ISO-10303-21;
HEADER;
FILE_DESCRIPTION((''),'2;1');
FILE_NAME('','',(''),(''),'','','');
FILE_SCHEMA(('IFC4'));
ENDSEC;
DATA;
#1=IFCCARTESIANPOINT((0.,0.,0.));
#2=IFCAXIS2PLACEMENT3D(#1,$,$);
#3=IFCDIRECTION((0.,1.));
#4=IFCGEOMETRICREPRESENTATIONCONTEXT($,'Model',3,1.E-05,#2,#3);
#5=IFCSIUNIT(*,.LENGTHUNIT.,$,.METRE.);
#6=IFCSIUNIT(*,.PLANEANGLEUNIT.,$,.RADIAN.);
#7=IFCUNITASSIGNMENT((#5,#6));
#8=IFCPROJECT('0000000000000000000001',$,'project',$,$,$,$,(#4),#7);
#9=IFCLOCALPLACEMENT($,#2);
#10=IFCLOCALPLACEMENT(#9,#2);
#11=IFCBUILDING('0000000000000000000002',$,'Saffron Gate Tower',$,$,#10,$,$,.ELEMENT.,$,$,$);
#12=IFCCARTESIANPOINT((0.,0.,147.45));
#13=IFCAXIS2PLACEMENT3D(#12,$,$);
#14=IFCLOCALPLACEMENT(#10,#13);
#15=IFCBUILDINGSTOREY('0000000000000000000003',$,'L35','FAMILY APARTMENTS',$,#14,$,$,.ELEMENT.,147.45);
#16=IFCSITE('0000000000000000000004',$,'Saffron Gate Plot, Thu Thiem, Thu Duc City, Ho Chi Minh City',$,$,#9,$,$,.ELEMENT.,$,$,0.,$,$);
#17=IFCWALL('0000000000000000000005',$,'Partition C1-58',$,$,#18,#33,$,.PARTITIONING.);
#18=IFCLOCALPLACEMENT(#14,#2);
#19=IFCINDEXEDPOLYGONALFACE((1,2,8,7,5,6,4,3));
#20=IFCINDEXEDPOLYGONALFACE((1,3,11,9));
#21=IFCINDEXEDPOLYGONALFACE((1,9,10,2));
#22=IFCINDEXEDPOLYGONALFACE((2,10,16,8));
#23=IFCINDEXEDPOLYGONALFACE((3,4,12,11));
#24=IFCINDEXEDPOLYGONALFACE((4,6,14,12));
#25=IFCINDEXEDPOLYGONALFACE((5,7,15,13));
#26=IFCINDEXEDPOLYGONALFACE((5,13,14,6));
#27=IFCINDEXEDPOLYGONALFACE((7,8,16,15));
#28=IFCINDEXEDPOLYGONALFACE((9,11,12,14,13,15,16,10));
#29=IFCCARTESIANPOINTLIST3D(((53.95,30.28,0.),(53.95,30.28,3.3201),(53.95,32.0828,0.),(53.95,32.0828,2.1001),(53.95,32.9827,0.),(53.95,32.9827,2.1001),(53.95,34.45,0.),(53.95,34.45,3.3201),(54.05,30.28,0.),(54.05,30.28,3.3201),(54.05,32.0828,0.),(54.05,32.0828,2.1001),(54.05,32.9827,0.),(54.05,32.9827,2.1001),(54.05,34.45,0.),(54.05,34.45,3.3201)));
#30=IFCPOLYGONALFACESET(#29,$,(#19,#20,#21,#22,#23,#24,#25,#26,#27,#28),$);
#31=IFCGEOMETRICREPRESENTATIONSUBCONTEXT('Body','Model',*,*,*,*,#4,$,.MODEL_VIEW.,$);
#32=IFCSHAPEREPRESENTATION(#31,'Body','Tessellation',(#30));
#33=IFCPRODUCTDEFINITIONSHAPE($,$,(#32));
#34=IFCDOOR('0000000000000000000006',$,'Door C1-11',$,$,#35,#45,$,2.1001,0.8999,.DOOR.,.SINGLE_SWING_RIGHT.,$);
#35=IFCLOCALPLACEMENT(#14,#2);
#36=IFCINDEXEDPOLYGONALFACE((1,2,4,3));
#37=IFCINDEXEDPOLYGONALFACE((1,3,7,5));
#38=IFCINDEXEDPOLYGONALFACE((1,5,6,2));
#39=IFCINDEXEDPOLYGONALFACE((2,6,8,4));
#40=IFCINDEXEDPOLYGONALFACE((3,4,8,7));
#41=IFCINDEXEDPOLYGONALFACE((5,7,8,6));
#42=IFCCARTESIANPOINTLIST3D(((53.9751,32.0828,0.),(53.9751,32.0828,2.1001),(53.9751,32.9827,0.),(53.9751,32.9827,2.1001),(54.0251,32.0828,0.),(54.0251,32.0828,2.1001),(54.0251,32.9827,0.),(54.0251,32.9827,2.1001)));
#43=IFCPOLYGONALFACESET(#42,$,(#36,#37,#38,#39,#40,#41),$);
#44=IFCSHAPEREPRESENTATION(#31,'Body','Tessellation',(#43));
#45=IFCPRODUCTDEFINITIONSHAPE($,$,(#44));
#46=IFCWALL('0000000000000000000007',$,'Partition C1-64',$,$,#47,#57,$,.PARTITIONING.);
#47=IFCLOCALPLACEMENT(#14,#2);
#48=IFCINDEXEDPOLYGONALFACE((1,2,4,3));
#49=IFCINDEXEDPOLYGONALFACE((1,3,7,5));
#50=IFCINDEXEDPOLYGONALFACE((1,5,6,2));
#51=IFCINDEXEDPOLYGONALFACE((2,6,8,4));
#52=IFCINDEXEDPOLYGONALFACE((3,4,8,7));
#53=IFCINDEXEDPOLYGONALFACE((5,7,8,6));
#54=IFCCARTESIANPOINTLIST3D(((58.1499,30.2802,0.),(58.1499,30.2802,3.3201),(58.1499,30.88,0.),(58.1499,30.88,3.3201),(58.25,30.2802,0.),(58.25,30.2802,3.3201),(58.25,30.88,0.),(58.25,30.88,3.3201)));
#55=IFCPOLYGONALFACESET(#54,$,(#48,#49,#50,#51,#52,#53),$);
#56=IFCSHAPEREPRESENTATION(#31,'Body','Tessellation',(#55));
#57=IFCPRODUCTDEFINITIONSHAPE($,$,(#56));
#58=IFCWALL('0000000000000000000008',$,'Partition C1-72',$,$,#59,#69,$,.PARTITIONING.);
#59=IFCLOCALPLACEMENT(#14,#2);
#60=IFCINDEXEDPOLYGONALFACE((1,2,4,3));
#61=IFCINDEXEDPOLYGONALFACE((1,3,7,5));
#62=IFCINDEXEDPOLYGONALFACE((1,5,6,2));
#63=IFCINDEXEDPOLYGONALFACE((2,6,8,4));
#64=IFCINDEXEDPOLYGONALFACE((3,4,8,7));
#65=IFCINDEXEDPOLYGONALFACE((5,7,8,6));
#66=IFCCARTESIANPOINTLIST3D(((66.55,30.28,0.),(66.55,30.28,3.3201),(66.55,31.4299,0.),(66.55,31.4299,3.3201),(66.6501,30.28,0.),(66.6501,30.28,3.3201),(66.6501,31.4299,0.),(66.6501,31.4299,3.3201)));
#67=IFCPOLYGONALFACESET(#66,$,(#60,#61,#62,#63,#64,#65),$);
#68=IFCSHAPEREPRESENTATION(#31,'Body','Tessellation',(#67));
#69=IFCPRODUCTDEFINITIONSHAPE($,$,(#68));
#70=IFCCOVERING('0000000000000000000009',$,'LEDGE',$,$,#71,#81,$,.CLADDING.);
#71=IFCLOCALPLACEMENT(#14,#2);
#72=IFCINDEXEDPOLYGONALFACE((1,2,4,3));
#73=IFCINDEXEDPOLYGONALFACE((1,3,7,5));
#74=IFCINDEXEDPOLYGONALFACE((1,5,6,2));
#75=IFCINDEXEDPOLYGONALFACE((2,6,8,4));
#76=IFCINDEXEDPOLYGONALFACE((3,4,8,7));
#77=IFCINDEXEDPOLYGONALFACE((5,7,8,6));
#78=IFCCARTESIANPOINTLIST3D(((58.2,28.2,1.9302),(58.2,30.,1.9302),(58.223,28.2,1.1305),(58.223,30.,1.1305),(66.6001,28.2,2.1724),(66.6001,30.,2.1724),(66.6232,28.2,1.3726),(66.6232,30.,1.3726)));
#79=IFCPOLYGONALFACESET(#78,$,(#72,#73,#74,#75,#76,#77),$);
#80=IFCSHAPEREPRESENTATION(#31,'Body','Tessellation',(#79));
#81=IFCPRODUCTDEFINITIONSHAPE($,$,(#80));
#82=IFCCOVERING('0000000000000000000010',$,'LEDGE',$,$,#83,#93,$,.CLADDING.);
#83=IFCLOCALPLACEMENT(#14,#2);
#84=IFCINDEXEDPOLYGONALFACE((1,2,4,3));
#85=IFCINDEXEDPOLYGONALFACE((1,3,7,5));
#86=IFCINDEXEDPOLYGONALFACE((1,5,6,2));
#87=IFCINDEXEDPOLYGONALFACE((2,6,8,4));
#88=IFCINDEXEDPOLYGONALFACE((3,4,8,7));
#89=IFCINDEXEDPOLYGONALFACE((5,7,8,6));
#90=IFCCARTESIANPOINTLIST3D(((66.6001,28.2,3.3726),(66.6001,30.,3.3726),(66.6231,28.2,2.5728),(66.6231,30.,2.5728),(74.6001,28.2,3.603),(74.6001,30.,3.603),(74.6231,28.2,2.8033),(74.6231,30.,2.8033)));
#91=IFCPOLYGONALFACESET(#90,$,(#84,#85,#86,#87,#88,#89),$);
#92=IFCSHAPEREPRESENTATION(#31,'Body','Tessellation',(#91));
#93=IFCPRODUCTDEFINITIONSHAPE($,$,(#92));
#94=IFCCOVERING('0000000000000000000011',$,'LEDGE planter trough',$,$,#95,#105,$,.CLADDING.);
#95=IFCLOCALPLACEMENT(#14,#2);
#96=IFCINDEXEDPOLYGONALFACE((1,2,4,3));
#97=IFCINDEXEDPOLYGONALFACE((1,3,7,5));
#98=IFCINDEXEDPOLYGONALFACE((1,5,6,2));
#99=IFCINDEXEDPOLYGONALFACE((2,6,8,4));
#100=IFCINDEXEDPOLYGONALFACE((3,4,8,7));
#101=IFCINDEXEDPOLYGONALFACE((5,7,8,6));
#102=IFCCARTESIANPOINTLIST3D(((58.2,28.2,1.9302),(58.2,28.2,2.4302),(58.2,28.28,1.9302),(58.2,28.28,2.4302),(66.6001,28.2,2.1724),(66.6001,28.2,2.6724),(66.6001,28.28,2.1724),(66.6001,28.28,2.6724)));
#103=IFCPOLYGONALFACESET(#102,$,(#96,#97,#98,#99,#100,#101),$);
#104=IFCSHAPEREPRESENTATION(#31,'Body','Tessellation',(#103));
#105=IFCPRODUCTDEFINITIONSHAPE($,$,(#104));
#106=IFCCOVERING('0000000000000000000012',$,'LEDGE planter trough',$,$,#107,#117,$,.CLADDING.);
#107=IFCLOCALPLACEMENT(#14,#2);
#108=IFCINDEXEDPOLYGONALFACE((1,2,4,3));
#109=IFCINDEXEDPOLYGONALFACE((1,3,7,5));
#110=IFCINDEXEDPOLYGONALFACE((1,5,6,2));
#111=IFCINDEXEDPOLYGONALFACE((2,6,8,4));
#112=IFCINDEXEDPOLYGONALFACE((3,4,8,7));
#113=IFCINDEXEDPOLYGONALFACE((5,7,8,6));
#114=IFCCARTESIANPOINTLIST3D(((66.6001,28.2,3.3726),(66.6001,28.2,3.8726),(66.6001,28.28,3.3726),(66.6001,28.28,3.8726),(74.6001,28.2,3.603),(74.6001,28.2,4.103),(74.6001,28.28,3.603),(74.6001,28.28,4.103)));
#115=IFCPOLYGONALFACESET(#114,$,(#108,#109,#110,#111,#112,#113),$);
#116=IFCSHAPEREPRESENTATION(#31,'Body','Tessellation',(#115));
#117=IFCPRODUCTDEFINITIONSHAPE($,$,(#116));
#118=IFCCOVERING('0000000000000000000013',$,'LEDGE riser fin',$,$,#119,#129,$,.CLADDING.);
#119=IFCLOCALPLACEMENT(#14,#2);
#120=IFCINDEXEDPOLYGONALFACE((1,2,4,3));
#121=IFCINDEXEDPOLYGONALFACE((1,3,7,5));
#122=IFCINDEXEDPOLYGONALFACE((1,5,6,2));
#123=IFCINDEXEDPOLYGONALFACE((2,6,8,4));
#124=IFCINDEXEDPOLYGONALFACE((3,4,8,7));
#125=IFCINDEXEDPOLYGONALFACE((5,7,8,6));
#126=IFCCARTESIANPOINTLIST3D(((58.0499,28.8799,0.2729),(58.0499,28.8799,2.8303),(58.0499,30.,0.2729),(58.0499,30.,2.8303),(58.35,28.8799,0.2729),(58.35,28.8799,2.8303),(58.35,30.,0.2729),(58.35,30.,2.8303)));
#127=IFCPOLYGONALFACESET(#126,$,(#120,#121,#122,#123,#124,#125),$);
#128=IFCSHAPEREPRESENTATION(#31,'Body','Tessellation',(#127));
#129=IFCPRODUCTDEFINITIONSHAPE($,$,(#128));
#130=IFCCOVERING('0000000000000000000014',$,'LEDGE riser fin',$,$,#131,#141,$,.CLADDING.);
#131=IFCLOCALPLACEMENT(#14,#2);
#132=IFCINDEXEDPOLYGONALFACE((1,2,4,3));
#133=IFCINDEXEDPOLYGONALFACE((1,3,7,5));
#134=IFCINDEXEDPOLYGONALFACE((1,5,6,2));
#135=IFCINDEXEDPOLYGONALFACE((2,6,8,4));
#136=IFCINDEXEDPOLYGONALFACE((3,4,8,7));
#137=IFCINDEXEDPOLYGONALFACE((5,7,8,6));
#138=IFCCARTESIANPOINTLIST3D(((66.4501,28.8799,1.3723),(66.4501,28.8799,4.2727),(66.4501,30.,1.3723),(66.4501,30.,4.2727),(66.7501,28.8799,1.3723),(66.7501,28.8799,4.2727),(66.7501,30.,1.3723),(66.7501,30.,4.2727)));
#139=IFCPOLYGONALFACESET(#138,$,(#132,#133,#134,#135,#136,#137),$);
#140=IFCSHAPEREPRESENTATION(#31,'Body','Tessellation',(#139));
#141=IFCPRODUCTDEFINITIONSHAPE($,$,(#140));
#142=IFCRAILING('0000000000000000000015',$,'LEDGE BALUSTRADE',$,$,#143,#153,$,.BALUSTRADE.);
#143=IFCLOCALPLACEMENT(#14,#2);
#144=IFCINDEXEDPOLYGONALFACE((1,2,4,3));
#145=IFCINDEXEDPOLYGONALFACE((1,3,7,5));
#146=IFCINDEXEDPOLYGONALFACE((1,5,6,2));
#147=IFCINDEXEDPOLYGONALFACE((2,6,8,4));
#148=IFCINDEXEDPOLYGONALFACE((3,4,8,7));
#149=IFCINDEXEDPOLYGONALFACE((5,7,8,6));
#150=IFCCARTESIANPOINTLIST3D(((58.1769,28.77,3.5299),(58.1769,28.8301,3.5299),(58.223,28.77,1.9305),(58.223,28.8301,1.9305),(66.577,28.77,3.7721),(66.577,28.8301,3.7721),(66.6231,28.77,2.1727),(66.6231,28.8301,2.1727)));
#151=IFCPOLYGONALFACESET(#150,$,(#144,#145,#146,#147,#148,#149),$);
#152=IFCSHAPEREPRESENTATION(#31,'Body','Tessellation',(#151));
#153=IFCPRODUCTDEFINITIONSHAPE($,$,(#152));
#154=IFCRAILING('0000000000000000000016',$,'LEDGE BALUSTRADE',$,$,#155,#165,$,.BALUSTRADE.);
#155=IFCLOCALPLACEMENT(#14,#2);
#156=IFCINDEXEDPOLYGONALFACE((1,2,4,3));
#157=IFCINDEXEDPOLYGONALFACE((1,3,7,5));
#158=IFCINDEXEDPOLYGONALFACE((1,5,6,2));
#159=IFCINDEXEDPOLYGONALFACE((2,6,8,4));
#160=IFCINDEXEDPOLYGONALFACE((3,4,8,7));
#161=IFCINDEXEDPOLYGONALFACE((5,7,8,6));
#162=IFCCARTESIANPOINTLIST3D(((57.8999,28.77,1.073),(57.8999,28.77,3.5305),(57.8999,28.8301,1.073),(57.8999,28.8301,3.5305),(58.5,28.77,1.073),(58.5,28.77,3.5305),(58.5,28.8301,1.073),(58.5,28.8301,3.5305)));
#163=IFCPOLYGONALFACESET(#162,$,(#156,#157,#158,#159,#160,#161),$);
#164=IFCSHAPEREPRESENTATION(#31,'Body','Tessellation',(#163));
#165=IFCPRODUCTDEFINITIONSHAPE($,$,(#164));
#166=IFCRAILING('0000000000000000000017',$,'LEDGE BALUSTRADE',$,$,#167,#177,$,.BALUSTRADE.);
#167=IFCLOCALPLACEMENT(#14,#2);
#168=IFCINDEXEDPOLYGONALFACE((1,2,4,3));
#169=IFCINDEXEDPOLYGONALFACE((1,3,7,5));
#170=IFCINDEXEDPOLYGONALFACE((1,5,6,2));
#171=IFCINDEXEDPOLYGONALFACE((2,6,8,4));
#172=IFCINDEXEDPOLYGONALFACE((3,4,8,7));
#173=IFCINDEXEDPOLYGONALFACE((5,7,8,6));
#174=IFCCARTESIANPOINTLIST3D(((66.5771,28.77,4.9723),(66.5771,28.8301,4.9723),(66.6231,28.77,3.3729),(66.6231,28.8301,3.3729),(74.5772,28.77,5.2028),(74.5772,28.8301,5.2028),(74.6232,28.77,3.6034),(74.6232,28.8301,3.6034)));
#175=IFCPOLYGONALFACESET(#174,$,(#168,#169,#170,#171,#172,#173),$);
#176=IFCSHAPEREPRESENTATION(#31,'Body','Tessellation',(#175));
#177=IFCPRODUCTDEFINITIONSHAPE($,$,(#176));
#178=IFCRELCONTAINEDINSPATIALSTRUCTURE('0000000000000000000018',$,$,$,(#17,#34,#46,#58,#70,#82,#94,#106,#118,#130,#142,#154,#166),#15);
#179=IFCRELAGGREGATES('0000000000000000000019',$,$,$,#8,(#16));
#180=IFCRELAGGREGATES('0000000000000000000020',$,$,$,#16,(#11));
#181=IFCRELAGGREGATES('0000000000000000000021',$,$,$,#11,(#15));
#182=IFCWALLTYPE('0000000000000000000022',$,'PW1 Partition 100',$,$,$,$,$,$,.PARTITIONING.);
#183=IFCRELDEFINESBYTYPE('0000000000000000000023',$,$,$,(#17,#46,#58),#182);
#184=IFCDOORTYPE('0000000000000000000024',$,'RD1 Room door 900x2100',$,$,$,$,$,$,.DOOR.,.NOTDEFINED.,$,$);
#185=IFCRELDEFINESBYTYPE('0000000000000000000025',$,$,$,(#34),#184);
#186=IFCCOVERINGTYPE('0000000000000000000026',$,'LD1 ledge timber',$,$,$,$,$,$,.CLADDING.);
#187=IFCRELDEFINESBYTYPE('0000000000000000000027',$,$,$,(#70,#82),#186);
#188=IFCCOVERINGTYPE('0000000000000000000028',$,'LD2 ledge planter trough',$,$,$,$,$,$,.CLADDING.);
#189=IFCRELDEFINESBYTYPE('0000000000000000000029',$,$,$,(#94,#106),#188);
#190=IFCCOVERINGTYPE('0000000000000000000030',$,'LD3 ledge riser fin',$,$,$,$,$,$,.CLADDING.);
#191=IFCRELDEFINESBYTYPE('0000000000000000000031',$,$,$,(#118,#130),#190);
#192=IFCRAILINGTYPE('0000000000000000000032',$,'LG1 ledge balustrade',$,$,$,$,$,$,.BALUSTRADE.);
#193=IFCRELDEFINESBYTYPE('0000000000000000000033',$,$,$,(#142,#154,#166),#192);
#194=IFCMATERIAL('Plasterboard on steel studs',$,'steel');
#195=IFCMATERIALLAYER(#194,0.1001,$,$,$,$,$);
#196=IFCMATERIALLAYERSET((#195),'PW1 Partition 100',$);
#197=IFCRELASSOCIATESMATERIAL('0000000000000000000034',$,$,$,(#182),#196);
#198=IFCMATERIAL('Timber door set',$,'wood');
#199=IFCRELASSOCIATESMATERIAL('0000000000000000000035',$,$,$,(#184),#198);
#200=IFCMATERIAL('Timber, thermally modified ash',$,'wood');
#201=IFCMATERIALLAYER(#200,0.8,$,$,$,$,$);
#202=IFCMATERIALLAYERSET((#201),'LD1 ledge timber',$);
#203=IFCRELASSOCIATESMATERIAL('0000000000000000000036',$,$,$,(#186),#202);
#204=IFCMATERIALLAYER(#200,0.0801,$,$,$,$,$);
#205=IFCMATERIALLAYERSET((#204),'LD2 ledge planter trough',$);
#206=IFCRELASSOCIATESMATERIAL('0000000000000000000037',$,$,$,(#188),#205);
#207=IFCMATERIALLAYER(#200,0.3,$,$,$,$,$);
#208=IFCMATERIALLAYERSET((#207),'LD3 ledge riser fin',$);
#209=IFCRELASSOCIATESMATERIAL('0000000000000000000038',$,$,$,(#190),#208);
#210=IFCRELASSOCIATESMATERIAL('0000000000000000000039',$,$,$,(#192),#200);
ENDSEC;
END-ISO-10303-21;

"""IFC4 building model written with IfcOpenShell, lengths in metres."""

from ifc_helpers import new_model, si_unit, direction, frame, frame_2d, origin, origin_2d, place, context, subcontext, project, spatial, polyline, rectangle, outline, extrude, material, layer, layer_set, type_object, element, fill, save


model = new_model("IFC4")

# Units and contexts
model_context = context("Model", 3, precision=1e-05, world=origin(), true_north=direction((0.0, 1.0)))
body_context = subcontext(model_context, "Body", "Model", "MODEL_VIEW")
ifc_project = project(units=[si_unit("LENGTHUNIT", "METRE"), si_unit("PLANEANGLEUNIT", "RADIAN")], contexts=[model_context])

# Site, building, storey
site_placement = place(None, origin())
site = spatial("IfcSite", under=ifc_project, at=site_placement, Name="Saffron Gate Plot, Thu Thiem, Thu Duc City, Ho Chi Minh City", CompositionType="ELEMENT", RefElevation=0.0)
building_placement = place(site_placement, origin())
building = spatial("IfcBuilding", under=site, at=building_placement, Name="Saffron Gate Tower", CompositionType="ELEMENT")
storey_placement = place(building_placement, frame((0.0, 0.0, 147.45)))
storey = spatial("IfcBuildingStorey", under=building, at=storey_placement, Name="L35", Description="FAMILY APARTMENTS", CompositionType="ELEMENT", Elevation=147.45)

# Wall, opening, door
ifc_material_1 = material(Name="Plasterboard on steel studs", Category="steel")
ifc_layer_1 = layer(ifc_material_1, 0.1001)
ifc_layer_set_1 = layer_set([ifc_layer_1], Name="PW1 Partition 100")
wall_type = type_object("IfcWallType", Name="PW1 Partition 100", PredefinedType="PARTITIONING", material=ifc_layer_set_1)
wall_1_placement = place(storey_placement, frame((54.0, 30.28, 0.0), z_axis=(0.0, 0.0, 1.0), x_axis=(0.0, 1.0, 0.0)))
wall_1 = element("IfcWall", 1, at=wall_1_placement, inside=storey, type_object=wall_type, Name="Partition C1-58", PredefinedType="PARTITIONING", context=body_context, shape_type="SweptSolid", body=[
    extrude(rectangle(XDim=4.1699, YDim=0.1001, at=frame_2d((2.085, 0.0))), origin(), (0.0, 0.0, 1.0), 3.3201),
])
opening_placement = place(wall_1_placement, frame((1.8027, 0.0, 0.0)))
opening = element("IfcOpeningElement", 2, at=opening_placement, cuts=wall_1, PredefinedType="OPENING", context=body_context, shape_type="SweptSolid", body=[
    extrude(rectangle(XDim=0.8999, YDim=2.1001, at=frame_2d((0.45, 1.05))), frame((0.0, 0.0601, 0.0), z_axis=(0.0, -1.0, 0.0), x_axis=(1.0, 0.0, 0.0)), (0.0, 0.0, 1.0), 0.1201),
])
ifc_material_2 = material(Name="Timber door set", Category="wood")
door_type = type_object("IfcDoorType", Name="RD1 Room door 900x2100", OperationType="NOTDEFINED", PredefinedType="DOOR", material=ifc_material_2)
door_placement = place(opening_placement, origin())
door = element("IfcDoor", 3, at=door_placement, inside=storey, type_object=door_type, Name="Door C1-11", OperationType="SINGLE_SWING_RIGHT", OverallHeight=2.1001, OverallWidth=0.8999, PredefinedType="DOOR", context=body_context, shape_type="SweptSolid", body=[
    extrude(rectangle(XDim=0.8999, YDim=2.1001, at=frame_2d((0.45, 1.05))), frame((0.0, 0.0249, 0.0), z_axis=(0.0, -1.0, 0.0), x_axis=(1.0, 0.0, 0.0)), (0.0, 0.0, 1.0), 0.05),
])
fill(opening, door)

# Walls
wall_2_placement = place(storey_placement, frame((58.2, 30.8799, 0.0), z_axis=(0.0, 0.0, 1.0), x_axis=(0.0, -1.0, 0.0)))
element("IfcWall", 4, at=wall_2_placement, inside=storey, type_object=wall_type, Name="Partition C1-64", PredefinedType="PARTITIONING", context=body_context, shape_type="SweptSolid", body=[
    extrude(rectangle(XDim=0.5999, YDim=0.1001, at=frame_2d((0.2998, 0.0))), origin(), (0.0, 0.0, 1.0), 3.3201),
])
wall_3_placement = place(storey_placement, frame((66.6001, 31.4299, 0.0), z_axis=(0.0, 0.0, 1.0), x_axis=(0.0, -1.0, 0.0)))
element("IfcWall", 5, at=wall_3_placement, inside=storey, type_object=wall_type, Name="Partition C1-72", PredefinedType="PARTITIONING", context=body_context, shape_type="SweptSolid", body=[
    extrude(rectangle(XDim=1.1499, YDim=0.1001, at=frame_2d((0.575, 0.0))), origin(), (0.0, 0.0, 1.0), 3.3201),
])

# Coverings
ifc_material_3 = material(Name="Timber, thermally modified ash", Category="wood")
ifc_layer_2 = layer(ifc_material_3, 0.8)
ifc_layer_set_2 = layer_set([ifc_layer_2], Name="LD1 ledge timber")
covering_type_1 = type_object("IfcCoveringType", Name="LD1 ledge timber", PredefinedType="CLADDING", material=ifc_layer_set_2)
covering_1_placement = place(storey_placement, frame((58.2, 30.0, 1.9302), z_axis=(-0.028819, 0.0, 0.999585), x_axis=(0.999585, 0.0, 0.028819)))
element("IfcCovering", 6, at=covering_1_placement, inside=storey, type_object=covering_type_1, Name="LEDGE", PredefinedType="CLADDING", context=body_context, shape_type="SweptSolid", body=[
    extrude(outline(polyline([(0.0, 0.0), (8.4036, 0.0), (8.4036, -1.8), (0.0, -1.8), (0.0, 0.0)])), origin(), (0.0, 0.0, -1.0), 0.8),
])
covering_2_placement = place(storey_placement, frame((66.6001, 30.0, 3.3726), z_axis=(-0.028797, 0.0, 0.999585), x_axis=(0.999585, 0.0, 0.028797)))
element("IfcCovering", 7, at=covering_2_placement, inside=storey, type_object=covering_type_1, Name="LEDGE", PredefinedType="CLADDING", context=body_context, shape_type="SweptSolid", body=[
    extrude(outline(polyline([(0.0, 0.0), (8.0033, 0.0), (8.0033, -1.8), (0.0, -1.8), (0.0, 0.0)])), origin(), (0.0, 0.0, -1.0), 0.8),
])
ifc_layer_3 = layer(ifc_material_3, 0.0801)
ifc_layer_set_3 = layer_set([ifc_layer_3], Name="LD2 ledge planter trough")
covering_type_2 = type_object("IfcCoveringType", Name="LD2 ledge planter trough", PredefinedType="CLADDING", material=ifc_layer_set_3)
covering_3_placement = place(storey_placement, frame((58.2, 28.2, 1.9302), z_axis=(0.0, -1.0, 0.0), x_axis=(0.999585, 0.0, 0.028819)))
element("IfcCovering", 8, at=covering_3_placement, inside=storey, type_object=covering_type_2, Name="LEDGE planter trough", PredefinedType="CLADDING", context=body_context, shape_type="SweptSolid", body=[
    extrude(outline(polyline([(0.0, 0.0), (8.4036, 0.0), (8.418, 0.4998), (0.0144, 0.4998), (0.0, 0.0)])), origin(), (0.0, 0.0, -1.0), 0.0801),
])
covering_4_placement = place(storey_placement, frame((66.6001, 28.2, 3.3726), z_axis=(0.0, -1.0, 0.0), x_axis=(0.999585, 0.0, 0.028797)))
element("IfcCovering", 9, at=covering_4_placement, inside=storey, type_object=covering_type_2, Name="LEDGE planter trough", PredefinedType="CLADDING", context=body_context, shape_type="SweptSolid", body=[
    extrude(outline(polyline([(0.0, 0.0), (8.0033, 0.0), (8.0177, 0.4998), (0.0144, 0.4998), (0.0, 0.0)])), origin(), (0.0, 0.0, -1.0), 0.0801),
])
ifc_layer_4 = layer(ifc_material_3, 0.3)
ifc_layer_set_4 = layer_set([ifc_layer_4], Name="LD3 ledge riser fin")
covering_type_3 = type_object("IfcCoveringType", Name="LD3 ledge riser fin", PredefinedType="CLADDING", material=ifc_layer_set_4)
covering_5_placement = place(storey_placement, frame((58.2, 29.4399, 0.2729), z_axis=(0.0, 0.0, 1.0), x_axis=(1.0, 0.0, 0.0)))
element("IfcCovering", 10, at=covering_5_placement, inside=storey, type_object=covering_type_3, Name="LEDGE riser fin", PredefinedType="CLADDING", context=body_context, shape_type="SweptSolid", body=[
    extrude(rectangle(XDim=0.3, YDim=1.1201, at=origin_2d()), origin(), (0.0, 0.0, 1.0), 2.5574),
])
covering_6_placement = place(storey_placement, frame((66.6001, 29.4399, 1.3723), z_axis=(0.0, 0.0, 1.0), x_axis=(1.0, 0.0, 0.0)))
element("IfcCovering", 11, at=covering_6_placement, inside=storey, type_object=covering_type_3, Name="LEDGE riser fin", PredefinedType="CLADDING", context=body_context, shape_type="SweptSolid", body=[
    extrude(rectangle(XDim=0.3, YDim=1.1201, at=origin_2d()), origin(), (0.0, 0.0, 1.0), 2.9004),
])

# Railings
railing_type = type_object("IfcRailingType", Name="LG1 ledge balustrade", PredefinedType="BALUSTRADE", material=ifc_material_3)
railing_1_placement = place(storey_placement, frame((58.2, 28.8, 1.9302)))
element("IfcRailing", 12, at=railing_1_placement, inside=storey, type_object=railing_type, Name="LEDGE BALUSTRADE", PredefinedType="BALUSTRADE", context=body_context, shape_type="SweptSolid", body=[
    extrude(rectangle(XDim=0.0601, YDim=1.6001, at=origin_2d()), frame((0.0, 0.0, 0.8), z_axis=(0.999585, 0.0, 0.028819), x_axis=(0.0, 1.0, 0.0)), (0.0, 0.0, 1.0), 8.4036),
])
railing_2_placement = place(storey_placement, frame((57.8999, 28.8, 1.073)))
element("IfcRailing", 13, at=railing_2_placement, inside=storey, type_object=railing_type, Name="LEDGE BALUSTRADE", PredefinedType="BALUSTRADE", context=body_context, shape_type="SweptSolid", body=[
    extrude(rectangle(XDim=0.0601, YDim=2.4575, at=origin_2d()), frame((0.0, 0.0, 1.2288), z_axis=(1.0, 0.0, 0.0), x_axis=(0.0, 1.0, 0.0)), (0.0, 0.0, 1.0), 0.6001),
])
railing_3_placement = place(storey_placement, frame((66.6001, 28.8, 3.3726)))
element("IfcRailing", 14, at=railing_3_placement, inside=storey, type_object=railing_type, Name="LEDGE BALUSTRADE", PredefinedType="BALUSTRADE", context=body_context, shape_type="SweptSolid", body=[
    extrude(rectangle(XDim=0.0601, YDim=1.6001, at=origin_2d()), frame((0.0, 0.0, 0.8), z_axis=(0.999585, 0.0, 0.028797), x_axis=(0.0, 1.0, 0.0)), (0.0, 0.0, 1.0), 8.0034),
])

save(model, "model.ifc")
